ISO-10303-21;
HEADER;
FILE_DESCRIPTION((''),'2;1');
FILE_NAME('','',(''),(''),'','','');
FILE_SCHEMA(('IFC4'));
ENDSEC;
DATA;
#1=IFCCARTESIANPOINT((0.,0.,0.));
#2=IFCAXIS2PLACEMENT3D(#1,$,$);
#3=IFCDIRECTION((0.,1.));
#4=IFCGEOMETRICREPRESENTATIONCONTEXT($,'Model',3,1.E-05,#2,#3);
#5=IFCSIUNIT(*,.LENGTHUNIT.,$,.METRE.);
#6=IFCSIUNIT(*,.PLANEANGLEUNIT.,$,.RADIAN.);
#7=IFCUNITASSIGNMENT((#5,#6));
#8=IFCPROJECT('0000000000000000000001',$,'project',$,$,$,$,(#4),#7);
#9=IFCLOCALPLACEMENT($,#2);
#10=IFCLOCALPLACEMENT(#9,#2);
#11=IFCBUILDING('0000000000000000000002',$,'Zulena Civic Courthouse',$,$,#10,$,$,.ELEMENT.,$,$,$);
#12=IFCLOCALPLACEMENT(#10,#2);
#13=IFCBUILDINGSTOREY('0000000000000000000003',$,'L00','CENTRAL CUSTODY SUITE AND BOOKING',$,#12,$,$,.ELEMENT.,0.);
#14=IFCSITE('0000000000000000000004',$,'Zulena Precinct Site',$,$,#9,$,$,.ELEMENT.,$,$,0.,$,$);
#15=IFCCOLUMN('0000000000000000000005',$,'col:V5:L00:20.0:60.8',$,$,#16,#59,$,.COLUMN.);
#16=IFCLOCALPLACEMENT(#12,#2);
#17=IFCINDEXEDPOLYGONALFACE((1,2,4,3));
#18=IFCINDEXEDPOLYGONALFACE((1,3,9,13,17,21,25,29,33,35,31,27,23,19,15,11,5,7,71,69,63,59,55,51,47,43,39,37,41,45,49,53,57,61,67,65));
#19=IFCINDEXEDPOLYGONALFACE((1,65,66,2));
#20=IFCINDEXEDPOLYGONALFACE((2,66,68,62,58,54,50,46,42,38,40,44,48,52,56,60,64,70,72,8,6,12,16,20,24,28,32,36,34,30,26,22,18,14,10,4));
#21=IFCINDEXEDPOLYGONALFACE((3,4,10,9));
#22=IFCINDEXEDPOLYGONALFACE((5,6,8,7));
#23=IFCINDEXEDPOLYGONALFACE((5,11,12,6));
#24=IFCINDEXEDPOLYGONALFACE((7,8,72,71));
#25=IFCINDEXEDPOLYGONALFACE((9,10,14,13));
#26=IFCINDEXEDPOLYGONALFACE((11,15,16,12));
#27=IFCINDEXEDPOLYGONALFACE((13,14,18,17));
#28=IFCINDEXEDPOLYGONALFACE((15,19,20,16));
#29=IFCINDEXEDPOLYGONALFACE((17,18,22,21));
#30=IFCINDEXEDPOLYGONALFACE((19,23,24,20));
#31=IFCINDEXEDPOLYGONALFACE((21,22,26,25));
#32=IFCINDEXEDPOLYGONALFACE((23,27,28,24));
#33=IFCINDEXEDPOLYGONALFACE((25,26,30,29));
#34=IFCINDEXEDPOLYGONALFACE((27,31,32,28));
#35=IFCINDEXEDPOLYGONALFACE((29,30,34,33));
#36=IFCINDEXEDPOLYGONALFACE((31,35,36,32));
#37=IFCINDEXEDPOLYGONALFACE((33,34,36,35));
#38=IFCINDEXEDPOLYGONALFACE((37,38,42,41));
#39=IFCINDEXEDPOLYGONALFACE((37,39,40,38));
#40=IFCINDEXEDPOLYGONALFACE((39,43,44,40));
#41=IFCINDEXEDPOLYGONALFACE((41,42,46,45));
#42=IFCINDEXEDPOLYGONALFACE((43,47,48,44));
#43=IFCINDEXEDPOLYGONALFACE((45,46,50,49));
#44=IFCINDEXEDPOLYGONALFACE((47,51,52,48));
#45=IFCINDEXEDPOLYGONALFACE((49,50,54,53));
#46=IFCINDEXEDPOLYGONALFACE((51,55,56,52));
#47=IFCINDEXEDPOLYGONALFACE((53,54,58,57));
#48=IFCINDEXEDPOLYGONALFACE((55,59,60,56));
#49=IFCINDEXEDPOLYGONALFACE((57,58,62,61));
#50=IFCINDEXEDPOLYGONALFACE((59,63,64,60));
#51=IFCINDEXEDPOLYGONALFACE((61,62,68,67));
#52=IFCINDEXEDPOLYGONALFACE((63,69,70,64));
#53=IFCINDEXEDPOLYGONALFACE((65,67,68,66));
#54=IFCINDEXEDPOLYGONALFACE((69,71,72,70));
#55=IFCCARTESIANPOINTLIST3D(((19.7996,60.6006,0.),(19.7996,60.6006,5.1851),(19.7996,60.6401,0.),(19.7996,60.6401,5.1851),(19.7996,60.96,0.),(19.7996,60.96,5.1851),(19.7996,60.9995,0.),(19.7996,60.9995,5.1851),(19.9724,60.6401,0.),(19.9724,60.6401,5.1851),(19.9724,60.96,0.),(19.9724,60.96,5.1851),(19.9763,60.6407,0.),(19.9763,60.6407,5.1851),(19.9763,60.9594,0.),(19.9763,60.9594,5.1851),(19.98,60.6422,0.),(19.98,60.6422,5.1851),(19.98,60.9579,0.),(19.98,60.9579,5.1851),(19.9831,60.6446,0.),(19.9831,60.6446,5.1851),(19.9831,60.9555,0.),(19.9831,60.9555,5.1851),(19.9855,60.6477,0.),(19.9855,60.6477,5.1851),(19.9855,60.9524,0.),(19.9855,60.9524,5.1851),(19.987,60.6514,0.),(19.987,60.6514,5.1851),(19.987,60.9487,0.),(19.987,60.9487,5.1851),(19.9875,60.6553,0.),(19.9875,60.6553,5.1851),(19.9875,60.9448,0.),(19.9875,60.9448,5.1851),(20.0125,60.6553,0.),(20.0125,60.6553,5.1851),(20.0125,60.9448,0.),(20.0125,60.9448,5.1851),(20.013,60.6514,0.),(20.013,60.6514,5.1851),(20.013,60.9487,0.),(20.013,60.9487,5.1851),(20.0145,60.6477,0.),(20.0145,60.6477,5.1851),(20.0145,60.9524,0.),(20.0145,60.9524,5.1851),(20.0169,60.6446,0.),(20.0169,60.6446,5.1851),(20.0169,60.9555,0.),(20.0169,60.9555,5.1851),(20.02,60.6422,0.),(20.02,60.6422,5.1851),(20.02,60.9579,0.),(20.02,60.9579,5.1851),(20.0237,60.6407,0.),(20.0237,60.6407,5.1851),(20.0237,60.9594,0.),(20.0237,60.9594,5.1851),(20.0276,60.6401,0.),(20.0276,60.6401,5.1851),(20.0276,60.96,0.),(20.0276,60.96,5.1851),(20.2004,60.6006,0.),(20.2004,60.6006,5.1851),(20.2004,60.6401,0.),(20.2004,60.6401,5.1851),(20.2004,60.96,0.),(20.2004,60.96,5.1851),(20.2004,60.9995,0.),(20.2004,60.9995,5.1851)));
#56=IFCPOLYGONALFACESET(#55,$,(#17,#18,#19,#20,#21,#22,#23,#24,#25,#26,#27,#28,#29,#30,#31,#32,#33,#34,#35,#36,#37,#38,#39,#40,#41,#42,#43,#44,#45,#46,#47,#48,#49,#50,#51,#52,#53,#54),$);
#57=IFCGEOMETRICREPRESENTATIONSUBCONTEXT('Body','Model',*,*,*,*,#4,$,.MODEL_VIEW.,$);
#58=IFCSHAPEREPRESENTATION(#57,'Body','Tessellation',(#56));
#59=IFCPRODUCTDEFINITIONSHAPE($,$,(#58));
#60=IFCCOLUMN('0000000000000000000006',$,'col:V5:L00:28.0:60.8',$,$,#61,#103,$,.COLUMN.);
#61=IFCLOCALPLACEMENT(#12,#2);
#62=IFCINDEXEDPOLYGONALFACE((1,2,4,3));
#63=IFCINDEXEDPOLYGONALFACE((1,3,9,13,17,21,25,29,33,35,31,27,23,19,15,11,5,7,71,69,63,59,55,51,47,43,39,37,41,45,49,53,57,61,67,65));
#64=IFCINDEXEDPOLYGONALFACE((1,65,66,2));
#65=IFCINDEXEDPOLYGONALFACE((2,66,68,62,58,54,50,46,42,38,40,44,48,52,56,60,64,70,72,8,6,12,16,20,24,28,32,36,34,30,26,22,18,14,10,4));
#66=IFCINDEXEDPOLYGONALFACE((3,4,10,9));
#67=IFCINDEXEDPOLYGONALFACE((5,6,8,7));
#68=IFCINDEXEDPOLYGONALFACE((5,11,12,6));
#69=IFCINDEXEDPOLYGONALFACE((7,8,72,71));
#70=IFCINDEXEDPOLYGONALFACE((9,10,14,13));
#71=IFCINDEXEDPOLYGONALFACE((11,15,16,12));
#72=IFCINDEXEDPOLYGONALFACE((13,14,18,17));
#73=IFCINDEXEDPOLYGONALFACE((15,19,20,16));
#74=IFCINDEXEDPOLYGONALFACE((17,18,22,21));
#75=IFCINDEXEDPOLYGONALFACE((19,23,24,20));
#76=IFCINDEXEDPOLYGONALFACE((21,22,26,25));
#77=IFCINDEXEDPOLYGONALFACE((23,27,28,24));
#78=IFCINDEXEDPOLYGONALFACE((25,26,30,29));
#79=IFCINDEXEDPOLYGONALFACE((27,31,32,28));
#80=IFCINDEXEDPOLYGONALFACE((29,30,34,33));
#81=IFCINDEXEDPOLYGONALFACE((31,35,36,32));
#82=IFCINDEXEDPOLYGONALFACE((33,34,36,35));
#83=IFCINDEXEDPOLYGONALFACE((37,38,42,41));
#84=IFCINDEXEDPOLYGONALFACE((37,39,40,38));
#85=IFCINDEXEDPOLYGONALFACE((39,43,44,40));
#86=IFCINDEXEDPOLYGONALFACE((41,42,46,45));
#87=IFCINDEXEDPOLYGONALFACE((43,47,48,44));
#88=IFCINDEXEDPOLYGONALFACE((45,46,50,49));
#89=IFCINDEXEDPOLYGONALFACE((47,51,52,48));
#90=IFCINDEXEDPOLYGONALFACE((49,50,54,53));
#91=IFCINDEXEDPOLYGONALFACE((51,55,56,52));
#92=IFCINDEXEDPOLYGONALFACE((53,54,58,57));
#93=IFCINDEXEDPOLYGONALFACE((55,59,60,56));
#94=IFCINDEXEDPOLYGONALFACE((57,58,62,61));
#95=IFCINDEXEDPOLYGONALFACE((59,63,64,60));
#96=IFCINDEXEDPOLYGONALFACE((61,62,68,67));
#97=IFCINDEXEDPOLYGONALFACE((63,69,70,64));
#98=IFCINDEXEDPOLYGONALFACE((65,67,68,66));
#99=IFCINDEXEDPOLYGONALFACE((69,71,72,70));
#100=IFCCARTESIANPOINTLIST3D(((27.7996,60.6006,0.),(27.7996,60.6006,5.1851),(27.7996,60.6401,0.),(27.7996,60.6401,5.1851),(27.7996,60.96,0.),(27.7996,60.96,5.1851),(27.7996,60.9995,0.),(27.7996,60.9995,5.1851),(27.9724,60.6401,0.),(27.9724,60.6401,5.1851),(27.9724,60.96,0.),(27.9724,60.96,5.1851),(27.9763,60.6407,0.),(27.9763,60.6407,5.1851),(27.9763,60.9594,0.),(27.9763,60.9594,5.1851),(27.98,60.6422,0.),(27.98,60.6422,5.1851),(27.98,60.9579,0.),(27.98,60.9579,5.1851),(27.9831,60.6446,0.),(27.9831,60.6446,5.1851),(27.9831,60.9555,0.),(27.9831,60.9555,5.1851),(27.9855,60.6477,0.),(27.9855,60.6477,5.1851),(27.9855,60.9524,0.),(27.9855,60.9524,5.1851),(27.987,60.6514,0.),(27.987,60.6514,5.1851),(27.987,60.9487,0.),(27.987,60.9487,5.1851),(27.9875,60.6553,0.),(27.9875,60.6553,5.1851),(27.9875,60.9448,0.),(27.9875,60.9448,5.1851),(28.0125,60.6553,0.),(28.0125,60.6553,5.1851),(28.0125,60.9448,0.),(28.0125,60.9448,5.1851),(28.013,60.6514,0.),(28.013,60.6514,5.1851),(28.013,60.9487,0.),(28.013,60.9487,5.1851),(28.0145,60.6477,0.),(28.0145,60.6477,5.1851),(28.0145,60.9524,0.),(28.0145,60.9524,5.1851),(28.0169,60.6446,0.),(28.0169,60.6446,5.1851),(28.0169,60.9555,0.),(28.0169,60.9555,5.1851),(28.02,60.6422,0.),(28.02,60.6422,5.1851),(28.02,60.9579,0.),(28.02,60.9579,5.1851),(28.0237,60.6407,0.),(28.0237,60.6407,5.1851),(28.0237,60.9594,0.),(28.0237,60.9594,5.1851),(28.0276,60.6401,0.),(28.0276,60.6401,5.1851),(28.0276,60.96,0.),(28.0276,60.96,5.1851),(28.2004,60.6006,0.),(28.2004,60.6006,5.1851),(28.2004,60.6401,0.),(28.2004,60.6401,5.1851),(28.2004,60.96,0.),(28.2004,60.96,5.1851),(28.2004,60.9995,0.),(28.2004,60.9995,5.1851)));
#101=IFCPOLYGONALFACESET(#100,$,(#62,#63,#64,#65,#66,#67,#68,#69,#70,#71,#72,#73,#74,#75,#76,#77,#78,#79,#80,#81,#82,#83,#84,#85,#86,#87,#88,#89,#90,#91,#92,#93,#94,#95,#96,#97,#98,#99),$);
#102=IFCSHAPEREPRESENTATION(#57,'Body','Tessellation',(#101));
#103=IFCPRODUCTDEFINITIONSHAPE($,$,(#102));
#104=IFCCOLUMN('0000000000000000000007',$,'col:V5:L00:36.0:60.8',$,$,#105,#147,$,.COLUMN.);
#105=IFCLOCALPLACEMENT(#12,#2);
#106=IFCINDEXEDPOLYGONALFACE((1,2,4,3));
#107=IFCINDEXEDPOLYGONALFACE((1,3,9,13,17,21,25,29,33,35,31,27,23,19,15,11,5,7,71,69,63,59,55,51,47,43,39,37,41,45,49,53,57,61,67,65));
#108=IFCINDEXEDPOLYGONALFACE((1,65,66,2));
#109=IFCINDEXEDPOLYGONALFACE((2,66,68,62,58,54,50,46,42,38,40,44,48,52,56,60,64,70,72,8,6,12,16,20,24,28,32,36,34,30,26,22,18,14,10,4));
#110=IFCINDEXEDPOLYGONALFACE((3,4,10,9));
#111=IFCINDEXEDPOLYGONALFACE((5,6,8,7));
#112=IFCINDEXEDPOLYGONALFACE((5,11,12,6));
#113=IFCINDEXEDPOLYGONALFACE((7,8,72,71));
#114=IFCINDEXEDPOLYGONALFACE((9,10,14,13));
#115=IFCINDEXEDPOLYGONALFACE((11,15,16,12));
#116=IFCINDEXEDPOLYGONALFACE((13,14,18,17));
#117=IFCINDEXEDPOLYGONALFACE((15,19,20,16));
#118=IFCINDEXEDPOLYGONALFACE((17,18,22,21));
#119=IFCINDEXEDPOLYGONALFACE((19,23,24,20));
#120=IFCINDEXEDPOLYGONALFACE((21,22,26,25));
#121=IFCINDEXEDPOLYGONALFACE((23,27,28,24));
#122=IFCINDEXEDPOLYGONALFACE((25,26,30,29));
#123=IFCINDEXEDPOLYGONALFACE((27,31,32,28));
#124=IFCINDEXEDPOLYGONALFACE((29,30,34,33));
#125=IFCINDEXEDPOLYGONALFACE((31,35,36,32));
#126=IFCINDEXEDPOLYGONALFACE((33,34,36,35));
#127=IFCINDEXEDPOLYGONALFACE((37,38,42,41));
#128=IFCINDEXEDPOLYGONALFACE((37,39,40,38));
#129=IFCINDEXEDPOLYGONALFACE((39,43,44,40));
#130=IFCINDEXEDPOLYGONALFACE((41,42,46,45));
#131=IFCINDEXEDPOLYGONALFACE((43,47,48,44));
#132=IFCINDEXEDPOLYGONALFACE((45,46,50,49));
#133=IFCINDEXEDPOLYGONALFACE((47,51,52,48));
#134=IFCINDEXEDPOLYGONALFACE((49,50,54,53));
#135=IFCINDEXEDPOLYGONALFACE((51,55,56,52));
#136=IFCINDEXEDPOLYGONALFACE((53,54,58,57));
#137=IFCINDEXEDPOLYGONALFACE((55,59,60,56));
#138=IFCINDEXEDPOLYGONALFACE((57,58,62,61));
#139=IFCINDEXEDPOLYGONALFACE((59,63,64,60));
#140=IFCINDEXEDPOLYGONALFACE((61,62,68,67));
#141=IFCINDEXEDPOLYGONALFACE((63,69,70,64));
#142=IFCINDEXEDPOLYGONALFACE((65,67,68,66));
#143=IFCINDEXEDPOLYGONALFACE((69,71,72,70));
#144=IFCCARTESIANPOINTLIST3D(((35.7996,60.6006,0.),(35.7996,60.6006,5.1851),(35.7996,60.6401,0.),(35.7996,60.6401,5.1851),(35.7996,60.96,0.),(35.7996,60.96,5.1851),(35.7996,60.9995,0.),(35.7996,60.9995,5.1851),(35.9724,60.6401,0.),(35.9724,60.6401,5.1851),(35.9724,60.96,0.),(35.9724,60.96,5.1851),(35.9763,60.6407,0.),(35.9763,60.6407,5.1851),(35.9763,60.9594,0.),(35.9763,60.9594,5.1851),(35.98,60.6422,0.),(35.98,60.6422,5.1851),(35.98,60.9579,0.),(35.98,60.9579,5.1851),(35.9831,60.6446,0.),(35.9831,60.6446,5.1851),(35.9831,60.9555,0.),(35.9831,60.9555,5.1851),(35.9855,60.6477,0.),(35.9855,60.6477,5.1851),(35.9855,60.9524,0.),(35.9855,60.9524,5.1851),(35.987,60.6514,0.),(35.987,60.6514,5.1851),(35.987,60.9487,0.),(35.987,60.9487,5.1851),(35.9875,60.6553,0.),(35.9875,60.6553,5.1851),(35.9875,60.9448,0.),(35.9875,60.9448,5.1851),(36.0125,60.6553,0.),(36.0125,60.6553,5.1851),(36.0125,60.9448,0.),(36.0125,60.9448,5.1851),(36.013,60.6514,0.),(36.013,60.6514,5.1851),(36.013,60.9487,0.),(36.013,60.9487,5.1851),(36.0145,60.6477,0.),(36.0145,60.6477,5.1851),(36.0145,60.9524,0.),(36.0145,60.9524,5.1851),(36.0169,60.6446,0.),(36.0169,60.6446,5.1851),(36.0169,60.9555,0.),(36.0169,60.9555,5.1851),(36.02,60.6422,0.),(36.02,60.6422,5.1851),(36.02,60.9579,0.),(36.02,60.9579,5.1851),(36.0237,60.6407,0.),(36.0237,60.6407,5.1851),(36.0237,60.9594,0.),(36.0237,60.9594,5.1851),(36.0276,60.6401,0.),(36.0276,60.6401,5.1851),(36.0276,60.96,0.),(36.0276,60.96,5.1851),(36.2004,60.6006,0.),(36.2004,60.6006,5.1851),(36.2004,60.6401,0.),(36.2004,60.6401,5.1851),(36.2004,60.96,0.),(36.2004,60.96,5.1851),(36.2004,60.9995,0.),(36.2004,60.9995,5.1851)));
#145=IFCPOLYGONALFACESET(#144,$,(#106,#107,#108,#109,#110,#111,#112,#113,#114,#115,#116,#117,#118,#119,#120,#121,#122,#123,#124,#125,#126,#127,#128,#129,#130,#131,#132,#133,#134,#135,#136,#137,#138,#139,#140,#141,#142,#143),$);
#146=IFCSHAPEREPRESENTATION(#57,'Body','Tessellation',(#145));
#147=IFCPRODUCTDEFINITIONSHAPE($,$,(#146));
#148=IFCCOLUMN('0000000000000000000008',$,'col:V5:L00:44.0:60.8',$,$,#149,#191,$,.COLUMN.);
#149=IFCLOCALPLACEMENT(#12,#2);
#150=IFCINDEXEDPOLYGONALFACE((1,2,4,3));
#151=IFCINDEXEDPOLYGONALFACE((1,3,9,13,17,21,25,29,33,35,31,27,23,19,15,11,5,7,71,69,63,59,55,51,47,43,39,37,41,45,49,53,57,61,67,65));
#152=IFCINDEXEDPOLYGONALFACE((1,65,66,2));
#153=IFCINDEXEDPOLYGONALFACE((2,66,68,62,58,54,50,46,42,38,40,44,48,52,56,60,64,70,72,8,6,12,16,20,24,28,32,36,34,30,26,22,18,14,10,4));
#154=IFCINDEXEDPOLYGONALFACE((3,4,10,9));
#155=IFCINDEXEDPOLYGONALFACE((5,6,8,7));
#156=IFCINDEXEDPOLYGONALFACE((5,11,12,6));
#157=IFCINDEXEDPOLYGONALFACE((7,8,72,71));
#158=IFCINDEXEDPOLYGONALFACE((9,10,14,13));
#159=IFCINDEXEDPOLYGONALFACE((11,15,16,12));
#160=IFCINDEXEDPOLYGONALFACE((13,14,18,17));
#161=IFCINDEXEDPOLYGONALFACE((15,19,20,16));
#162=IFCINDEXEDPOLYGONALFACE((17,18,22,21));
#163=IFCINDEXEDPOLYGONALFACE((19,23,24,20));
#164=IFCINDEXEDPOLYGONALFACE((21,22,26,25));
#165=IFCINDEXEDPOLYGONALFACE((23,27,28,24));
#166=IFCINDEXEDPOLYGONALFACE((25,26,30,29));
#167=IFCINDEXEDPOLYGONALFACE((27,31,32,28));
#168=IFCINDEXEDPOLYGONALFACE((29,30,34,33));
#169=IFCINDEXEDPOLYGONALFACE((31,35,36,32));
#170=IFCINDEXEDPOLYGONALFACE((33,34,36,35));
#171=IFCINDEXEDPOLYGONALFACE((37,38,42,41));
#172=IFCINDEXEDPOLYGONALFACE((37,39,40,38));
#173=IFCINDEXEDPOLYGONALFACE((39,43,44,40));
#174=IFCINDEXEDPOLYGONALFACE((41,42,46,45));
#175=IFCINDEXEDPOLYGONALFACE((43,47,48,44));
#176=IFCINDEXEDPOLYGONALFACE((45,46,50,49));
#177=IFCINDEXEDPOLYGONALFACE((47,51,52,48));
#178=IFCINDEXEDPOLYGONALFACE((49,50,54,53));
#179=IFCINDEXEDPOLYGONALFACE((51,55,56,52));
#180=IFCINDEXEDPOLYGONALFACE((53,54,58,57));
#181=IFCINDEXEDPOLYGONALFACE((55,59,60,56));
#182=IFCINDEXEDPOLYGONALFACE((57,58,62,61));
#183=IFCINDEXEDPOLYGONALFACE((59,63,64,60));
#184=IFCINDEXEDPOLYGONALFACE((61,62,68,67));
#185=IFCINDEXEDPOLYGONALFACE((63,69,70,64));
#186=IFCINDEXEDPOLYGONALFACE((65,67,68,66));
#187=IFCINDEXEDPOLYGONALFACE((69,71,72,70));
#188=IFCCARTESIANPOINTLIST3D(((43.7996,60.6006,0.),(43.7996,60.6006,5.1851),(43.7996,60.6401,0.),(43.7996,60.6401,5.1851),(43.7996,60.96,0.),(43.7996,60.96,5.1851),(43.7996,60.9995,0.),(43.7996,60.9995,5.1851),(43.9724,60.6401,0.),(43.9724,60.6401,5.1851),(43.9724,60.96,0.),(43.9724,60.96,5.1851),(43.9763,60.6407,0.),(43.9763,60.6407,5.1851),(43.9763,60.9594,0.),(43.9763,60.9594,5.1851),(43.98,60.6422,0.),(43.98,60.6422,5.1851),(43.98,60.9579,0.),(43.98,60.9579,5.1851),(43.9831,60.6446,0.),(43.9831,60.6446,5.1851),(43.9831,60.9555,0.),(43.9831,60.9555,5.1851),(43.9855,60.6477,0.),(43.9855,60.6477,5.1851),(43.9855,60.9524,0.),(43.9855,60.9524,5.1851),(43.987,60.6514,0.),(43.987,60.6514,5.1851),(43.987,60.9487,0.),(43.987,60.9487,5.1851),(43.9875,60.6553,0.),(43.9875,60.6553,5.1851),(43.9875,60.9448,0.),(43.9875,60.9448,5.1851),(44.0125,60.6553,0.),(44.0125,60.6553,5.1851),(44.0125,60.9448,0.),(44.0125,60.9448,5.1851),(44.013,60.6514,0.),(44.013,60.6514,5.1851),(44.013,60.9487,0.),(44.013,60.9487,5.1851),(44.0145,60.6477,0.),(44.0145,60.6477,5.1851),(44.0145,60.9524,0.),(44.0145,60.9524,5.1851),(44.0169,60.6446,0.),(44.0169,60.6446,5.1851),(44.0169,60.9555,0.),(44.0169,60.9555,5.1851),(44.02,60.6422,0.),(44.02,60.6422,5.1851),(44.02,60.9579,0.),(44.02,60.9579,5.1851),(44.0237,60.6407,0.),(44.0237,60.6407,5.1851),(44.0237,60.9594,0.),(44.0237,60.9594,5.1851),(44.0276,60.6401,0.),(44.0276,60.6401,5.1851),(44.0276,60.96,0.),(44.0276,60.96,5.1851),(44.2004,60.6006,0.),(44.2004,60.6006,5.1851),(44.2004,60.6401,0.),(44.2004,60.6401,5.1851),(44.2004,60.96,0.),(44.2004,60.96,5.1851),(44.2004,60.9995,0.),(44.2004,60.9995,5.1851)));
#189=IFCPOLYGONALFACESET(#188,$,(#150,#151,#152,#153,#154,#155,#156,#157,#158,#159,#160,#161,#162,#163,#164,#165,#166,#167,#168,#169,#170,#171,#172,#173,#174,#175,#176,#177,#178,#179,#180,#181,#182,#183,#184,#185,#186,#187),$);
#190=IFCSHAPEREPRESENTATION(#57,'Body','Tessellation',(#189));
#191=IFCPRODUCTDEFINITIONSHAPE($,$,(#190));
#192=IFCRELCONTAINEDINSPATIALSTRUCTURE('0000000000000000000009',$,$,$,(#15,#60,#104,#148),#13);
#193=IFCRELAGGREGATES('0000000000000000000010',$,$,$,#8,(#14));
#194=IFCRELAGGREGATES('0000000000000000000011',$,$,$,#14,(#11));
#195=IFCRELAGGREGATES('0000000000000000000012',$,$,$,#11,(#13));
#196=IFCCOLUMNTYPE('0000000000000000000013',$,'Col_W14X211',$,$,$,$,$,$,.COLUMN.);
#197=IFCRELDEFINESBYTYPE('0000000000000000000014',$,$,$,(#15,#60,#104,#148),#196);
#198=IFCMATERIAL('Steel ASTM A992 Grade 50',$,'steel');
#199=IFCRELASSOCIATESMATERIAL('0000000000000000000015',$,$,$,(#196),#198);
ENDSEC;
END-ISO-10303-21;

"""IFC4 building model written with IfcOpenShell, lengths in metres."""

from ifc_helpers import new_model, si_unit, direction, frame, origin, origin_2d, place, context, subcontext, project, spatial, i_section, extrude, material, material_profile, profile_set, type_object, element, save


model = new_model("IFC4")

# Units and contexts
model_context = context("Model", 3, precision=1e-05, world=origin(), true_north=direction((0.0, 1.0)))
body_context = subcontext(model_context, "Body", "Model", "MODEL_VIEW")
ifc_project = project(units=[si_unit("LENGTHUNIT", "METRE"), si_unit("PLANEANGLEUNIT", "RADIAN")], contexts=[model_context])

# Site, building, storey
site_placement = place(None, origin())
site = spatial("IfcSite", under=ifc_project, at=site_placement, Name="Zulena Precinct Site", CompositionType="ELEMENT", RefElevation=0.0)
building_placement = place(site_placement, origin())
building = spatial("IfcBuilding", under=site, at=building_placement, Name="Zulena Civic Courthouse", CompositionType="ELEMENT")
storey_placement = place(building_placement, origin())
storey = spatial("IfcBuildingStorey", under=building, at=storey_placement, Name="L00", Description="CENTRAL CUSTODY SUITE AND BOOKING", CompositionType="ELEMENT", Elevation=0.0)

# Columns
ifc_material_1 = material(Name="Steel ASTM A992 Grade 50", Category="steel")
ifc_material_profile_1 = material_profile(ifc_material_1, i_section(OverallWidth=0.4009, OverallDepth=0.3989, WebThickness=0.0249, FlangeThickness=0.0396, FilletRadius=0.0151, at=origin_2d()), Name="W14X211")
ifc_profile_set_1 = profile_set([ifc_material_profile_1], Name="Steel ASTM A992 Grade 50")
column_type = type_object("IfcColumnType", Name="Col_W14X211", PredefinedType="COLUMN", material=ifc_profile_set_1)
for number, where, z_axis, x_axis, name in (
    (1, (20.0, 60.8, 0.0), (0.0, 0.0, 1.0), (1.0, 0.0, 0.0), "col:V5:L00:20.0:60.8"),
    (2, (28.0, 60.8, 0.0), (0.0, 0.0, 1.0), (1.0, 0.0, 0.0), "col:V5:L00:28.0:60.8"),
    (3, (36.0, 60.8, 0.0), (0.0, 0.0, 1.0), (1.0, 0.0, 0.0), "col:V5:L00:36.0:60.8"),
    (4, (44.0, 60.8, 0.0), (0.0, 0.0, 1.0), (1.0, 0.0, 0.0), "col:V5:L00:44.0:60.8"),
):
    element("IfcColumn", number, at=place(storey_placement, frame(where, z_axis=z_axis, x_axis=x_axis)), inside=storey, type_object=column_type, Name=name, PredefinedType="COLUMN", context=body_context, shape_type="SweptSolid", body=[
        extrude(i_section(OverallWidth=0.4009, OverallDepth=0.3989, WebThickness=0.0249, FlangeThickness=0.0396, FilletRadius=0.0151, at=origin_2d()), origin(), (0.0, 0.0, 1.0), 5.1851),
    ])

save(model, "model.ifc")
